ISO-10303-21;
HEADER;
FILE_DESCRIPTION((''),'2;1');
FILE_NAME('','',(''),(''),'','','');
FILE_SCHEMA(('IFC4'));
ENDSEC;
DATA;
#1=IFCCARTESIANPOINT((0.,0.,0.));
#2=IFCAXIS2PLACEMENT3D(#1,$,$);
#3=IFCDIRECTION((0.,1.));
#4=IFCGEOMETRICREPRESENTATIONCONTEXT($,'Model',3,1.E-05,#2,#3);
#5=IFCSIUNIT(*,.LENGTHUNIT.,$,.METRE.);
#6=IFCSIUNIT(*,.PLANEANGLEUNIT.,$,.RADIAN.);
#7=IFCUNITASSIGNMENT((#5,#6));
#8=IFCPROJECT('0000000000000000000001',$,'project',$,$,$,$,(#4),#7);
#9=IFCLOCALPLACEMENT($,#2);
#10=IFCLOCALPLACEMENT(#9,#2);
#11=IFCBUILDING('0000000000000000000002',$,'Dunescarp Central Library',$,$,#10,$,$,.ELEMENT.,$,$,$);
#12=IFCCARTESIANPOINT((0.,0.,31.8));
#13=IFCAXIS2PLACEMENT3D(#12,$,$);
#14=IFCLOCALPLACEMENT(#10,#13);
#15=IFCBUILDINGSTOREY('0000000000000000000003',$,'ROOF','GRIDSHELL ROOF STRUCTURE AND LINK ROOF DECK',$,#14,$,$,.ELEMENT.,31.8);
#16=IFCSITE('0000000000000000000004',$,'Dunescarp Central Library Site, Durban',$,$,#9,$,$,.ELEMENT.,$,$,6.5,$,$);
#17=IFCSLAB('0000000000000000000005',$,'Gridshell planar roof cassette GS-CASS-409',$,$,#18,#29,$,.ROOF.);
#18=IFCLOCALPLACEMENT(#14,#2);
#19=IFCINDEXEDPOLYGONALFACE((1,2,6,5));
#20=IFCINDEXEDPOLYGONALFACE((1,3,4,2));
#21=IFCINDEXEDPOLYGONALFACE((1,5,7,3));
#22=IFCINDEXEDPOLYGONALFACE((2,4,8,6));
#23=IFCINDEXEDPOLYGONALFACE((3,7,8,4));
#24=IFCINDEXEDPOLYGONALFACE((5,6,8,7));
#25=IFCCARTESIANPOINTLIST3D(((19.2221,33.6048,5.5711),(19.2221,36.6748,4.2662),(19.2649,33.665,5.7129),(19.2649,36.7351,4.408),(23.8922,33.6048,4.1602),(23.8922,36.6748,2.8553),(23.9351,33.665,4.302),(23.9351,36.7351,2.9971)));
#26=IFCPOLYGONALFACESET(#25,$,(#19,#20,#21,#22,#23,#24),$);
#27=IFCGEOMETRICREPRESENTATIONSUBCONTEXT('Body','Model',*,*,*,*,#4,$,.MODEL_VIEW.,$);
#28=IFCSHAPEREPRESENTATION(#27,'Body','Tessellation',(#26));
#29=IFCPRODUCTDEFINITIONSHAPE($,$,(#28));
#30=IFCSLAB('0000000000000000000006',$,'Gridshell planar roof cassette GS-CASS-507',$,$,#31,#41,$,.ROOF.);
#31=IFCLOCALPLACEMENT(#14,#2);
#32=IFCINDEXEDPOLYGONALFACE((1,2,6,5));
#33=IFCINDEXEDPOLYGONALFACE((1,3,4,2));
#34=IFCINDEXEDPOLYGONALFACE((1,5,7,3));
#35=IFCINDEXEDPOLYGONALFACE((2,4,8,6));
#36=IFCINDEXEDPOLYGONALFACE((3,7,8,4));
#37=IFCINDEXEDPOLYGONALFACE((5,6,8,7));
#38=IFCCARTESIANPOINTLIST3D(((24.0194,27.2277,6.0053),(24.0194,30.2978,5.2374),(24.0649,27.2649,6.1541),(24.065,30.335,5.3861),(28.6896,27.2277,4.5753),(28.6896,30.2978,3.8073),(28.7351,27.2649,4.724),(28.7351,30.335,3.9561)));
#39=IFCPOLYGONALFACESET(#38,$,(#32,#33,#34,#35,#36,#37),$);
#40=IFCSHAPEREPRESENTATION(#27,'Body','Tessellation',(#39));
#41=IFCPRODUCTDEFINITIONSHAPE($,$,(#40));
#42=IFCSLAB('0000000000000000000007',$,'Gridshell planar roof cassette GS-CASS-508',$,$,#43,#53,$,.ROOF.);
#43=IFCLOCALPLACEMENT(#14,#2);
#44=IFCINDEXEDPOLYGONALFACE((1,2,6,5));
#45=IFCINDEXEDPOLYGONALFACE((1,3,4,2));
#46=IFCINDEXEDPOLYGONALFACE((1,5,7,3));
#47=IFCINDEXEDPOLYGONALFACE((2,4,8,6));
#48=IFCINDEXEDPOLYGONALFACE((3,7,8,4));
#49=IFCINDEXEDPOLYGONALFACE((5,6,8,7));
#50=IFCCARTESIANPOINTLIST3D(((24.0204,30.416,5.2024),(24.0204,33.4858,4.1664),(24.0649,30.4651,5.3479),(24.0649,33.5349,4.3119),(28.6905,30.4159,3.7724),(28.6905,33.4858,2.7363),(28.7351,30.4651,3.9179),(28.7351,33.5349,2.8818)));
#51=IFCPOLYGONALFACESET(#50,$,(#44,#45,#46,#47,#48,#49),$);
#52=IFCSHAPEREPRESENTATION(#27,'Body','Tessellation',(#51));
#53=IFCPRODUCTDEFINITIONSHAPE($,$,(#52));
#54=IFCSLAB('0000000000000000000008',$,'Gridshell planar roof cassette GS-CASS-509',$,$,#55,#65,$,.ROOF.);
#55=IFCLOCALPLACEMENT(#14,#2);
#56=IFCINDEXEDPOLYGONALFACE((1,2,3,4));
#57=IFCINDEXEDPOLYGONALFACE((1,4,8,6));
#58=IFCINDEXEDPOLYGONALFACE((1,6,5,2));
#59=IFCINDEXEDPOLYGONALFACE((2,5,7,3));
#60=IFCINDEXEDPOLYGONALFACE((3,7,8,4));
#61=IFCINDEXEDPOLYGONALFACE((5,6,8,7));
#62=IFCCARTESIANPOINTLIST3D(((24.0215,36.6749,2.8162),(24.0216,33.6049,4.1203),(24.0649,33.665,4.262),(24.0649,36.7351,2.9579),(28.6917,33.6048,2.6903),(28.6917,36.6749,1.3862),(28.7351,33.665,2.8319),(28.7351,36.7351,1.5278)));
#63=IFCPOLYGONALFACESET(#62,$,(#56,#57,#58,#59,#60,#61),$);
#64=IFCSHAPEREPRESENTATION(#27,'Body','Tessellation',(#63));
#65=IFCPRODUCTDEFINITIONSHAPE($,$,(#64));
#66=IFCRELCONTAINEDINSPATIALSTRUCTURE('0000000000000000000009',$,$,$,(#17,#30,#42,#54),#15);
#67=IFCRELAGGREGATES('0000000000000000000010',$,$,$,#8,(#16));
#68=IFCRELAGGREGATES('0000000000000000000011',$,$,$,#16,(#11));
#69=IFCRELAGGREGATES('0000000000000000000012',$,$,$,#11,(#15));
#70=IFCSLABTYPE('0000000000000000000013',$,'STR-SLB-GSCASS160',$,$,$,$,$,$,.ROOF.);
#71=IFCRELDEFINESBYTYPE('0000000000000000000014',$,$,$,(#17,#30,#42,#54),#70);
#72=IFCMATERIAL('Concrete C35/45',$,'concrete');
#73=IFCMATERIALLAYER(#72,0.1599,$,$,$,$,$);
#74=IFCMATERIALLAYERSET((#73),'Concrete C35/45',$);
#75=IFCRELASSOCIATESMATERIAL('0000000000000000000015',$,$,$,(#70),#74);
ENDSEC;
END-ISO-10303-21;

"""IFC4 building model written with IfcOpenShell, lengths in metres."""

from ifc_helpers import new_model, si_unit, direction, frame, origin, place, context, subcontext, project, spatial, polyline, outline, extrude, material, layer, layer_set, type_object, element, save


model = new_model("IFC4")

# Units and contexts
model_context = context("Model", 3, precision=1e-05, world=origin(), true_north=direction((0.0, 1.0)))
body_context = subcontext(model_context, "Body", "Model", "MODEL_VIEW")
ifc_project = project(units=[si_unit("LENGTHUNIT", "METRE"), si_unit("PLANEANGLEUNIT", "RADIAN")], contexts=[model_context])

# Site, building, storey
site_placement = place(None, origin())
site = spatial("IfcSite", under=ifc_project, at=site_placement, Name="Dunescarp Central Library Site, Durban", CompositionType="ELEMENT", RefElevation=6.5)
building_placement = place(site_placement, origin())
building = spatial("IfcBuilding", under=site, at=building_placement, Name="Dunescarp Central Library", CompositionType="ELEMENT")
storey_placement = place(building_placement, frame((0.0, 0.0, 31.8)))
storey = spatial("IfcBuildingStorey", under=building, at=storey_placement, Name="ROOF", Description="GRIDSHELL ROOF STRUCTURE AND LINK ROOF DECK", CompositionType="ELEMENT", Elevation=31.8)

# Slabs
ifc_material_1 = material(Name="Concrete C35/45", Category="concrete")
ifc_layer_1 = layer(ifc_material_1, 0.1599)
ifc_layer_set_1 = layer_set([ifc_layer_1], Name="Concrete C35/45")
slab_type = type_object("IfcSlabType", Name="STR-SLB-GSCASS160", PredefinedType="ROOF", material=ifc_layer_set_1)
slab_1_placement = place(storey_placement, frame((19.2649, 33.665, 5.7129), z_axis=(0.267872, 0.376884, 0.886681), x_axis=(0.957269, 0.0, -0.289198)))
element("IfcSlab", 1, at=slab_1_placement, inside=storey, type_object=slab_type, Name="Gridshell planar roof cassette GS-CASS-409", PredefinedType="ROOF", context=body_context, shape_type="SweptSolid", body=[
    extrude(outline(polyline([(0.0, 0.0), (4.8786, 0.0), (5.256, 3.3145), (0.3774, 3.3145), (0.0, 0.0)])), origin(), (0.0, 0.0, -1.0), 0.1599),
])
slab_2_placement = place(storey_placement, frame((24.0649, 27.2649, 6.1541), z_axis=(0.28476, 0.232616, 0.929947), x_axis=(0.956176, 0.000005, -0.292792)))
element("IfcSlab", 2, at=slab_2_placement, inside=storey, type_object=slab_type, Name="Gridshell planar roof cassette GS-CASS-507", PredefinedType="ROOF", context=body_context, shape_type="SweptSolid", body=[
    extrude(outline(polyline([(0.0, 0.0), (4.8842, 0.0), (5.1091, 3.1566), (0.2249, 3.1567), (0.0, 0.0)])), origin(), (0.0, 0.0, -1.0), 0.1599),
])
slab_3_placement = place(storey_placement, frame((24.0649, 30.4651, 5.3479), z_axis=(0.278643, 0.307099, 0.909972), x_axis=(0.956177, -0.000007, -0.292789)))
element("IfcSlab", 3, at=slab_3_placement, inside=storey, type_object=slab_type, Name="Gridshell planar roof cassette GS-CASS-508", PredefinedType="ROOF", context=body_context, shape_type="SweptSolid", body=[
    extrude(outline(polyline([(0.0, 0.0), (4.8842, 0.0), (5.1875, 3.2257), (0.3033, 3.2257), (0.0, 0.0)])), origin(), (0.0, 0.0, -1.0), 0.1599),
])
slab_4_placement = place(storey_placement, frame((24.0649, 33.665, 4.262), z_axis=(0.27127, 0.376303, 0.885894), x_axis=(0.956177, -0.000008, -0.292788)))
element("IfcSlab", 4, at=slab_4_placement, inside=storey, type_object=slab_type, Name="Gridshell planar roof cassette GS-CASS-509", PredefinedType="ROOF", context=body_context, shape_type="SweptSolid", body=[
    extrude(outline(polyline([(0.0, 0.0), (4.8842, 0.0), (5.266, 3.3137), (0.3818, 3.3136), (0.0, 0.0)])), origin(), (0.0, 0.0, -1.0), 0.1599),
])

save(model, "model.ifc")
